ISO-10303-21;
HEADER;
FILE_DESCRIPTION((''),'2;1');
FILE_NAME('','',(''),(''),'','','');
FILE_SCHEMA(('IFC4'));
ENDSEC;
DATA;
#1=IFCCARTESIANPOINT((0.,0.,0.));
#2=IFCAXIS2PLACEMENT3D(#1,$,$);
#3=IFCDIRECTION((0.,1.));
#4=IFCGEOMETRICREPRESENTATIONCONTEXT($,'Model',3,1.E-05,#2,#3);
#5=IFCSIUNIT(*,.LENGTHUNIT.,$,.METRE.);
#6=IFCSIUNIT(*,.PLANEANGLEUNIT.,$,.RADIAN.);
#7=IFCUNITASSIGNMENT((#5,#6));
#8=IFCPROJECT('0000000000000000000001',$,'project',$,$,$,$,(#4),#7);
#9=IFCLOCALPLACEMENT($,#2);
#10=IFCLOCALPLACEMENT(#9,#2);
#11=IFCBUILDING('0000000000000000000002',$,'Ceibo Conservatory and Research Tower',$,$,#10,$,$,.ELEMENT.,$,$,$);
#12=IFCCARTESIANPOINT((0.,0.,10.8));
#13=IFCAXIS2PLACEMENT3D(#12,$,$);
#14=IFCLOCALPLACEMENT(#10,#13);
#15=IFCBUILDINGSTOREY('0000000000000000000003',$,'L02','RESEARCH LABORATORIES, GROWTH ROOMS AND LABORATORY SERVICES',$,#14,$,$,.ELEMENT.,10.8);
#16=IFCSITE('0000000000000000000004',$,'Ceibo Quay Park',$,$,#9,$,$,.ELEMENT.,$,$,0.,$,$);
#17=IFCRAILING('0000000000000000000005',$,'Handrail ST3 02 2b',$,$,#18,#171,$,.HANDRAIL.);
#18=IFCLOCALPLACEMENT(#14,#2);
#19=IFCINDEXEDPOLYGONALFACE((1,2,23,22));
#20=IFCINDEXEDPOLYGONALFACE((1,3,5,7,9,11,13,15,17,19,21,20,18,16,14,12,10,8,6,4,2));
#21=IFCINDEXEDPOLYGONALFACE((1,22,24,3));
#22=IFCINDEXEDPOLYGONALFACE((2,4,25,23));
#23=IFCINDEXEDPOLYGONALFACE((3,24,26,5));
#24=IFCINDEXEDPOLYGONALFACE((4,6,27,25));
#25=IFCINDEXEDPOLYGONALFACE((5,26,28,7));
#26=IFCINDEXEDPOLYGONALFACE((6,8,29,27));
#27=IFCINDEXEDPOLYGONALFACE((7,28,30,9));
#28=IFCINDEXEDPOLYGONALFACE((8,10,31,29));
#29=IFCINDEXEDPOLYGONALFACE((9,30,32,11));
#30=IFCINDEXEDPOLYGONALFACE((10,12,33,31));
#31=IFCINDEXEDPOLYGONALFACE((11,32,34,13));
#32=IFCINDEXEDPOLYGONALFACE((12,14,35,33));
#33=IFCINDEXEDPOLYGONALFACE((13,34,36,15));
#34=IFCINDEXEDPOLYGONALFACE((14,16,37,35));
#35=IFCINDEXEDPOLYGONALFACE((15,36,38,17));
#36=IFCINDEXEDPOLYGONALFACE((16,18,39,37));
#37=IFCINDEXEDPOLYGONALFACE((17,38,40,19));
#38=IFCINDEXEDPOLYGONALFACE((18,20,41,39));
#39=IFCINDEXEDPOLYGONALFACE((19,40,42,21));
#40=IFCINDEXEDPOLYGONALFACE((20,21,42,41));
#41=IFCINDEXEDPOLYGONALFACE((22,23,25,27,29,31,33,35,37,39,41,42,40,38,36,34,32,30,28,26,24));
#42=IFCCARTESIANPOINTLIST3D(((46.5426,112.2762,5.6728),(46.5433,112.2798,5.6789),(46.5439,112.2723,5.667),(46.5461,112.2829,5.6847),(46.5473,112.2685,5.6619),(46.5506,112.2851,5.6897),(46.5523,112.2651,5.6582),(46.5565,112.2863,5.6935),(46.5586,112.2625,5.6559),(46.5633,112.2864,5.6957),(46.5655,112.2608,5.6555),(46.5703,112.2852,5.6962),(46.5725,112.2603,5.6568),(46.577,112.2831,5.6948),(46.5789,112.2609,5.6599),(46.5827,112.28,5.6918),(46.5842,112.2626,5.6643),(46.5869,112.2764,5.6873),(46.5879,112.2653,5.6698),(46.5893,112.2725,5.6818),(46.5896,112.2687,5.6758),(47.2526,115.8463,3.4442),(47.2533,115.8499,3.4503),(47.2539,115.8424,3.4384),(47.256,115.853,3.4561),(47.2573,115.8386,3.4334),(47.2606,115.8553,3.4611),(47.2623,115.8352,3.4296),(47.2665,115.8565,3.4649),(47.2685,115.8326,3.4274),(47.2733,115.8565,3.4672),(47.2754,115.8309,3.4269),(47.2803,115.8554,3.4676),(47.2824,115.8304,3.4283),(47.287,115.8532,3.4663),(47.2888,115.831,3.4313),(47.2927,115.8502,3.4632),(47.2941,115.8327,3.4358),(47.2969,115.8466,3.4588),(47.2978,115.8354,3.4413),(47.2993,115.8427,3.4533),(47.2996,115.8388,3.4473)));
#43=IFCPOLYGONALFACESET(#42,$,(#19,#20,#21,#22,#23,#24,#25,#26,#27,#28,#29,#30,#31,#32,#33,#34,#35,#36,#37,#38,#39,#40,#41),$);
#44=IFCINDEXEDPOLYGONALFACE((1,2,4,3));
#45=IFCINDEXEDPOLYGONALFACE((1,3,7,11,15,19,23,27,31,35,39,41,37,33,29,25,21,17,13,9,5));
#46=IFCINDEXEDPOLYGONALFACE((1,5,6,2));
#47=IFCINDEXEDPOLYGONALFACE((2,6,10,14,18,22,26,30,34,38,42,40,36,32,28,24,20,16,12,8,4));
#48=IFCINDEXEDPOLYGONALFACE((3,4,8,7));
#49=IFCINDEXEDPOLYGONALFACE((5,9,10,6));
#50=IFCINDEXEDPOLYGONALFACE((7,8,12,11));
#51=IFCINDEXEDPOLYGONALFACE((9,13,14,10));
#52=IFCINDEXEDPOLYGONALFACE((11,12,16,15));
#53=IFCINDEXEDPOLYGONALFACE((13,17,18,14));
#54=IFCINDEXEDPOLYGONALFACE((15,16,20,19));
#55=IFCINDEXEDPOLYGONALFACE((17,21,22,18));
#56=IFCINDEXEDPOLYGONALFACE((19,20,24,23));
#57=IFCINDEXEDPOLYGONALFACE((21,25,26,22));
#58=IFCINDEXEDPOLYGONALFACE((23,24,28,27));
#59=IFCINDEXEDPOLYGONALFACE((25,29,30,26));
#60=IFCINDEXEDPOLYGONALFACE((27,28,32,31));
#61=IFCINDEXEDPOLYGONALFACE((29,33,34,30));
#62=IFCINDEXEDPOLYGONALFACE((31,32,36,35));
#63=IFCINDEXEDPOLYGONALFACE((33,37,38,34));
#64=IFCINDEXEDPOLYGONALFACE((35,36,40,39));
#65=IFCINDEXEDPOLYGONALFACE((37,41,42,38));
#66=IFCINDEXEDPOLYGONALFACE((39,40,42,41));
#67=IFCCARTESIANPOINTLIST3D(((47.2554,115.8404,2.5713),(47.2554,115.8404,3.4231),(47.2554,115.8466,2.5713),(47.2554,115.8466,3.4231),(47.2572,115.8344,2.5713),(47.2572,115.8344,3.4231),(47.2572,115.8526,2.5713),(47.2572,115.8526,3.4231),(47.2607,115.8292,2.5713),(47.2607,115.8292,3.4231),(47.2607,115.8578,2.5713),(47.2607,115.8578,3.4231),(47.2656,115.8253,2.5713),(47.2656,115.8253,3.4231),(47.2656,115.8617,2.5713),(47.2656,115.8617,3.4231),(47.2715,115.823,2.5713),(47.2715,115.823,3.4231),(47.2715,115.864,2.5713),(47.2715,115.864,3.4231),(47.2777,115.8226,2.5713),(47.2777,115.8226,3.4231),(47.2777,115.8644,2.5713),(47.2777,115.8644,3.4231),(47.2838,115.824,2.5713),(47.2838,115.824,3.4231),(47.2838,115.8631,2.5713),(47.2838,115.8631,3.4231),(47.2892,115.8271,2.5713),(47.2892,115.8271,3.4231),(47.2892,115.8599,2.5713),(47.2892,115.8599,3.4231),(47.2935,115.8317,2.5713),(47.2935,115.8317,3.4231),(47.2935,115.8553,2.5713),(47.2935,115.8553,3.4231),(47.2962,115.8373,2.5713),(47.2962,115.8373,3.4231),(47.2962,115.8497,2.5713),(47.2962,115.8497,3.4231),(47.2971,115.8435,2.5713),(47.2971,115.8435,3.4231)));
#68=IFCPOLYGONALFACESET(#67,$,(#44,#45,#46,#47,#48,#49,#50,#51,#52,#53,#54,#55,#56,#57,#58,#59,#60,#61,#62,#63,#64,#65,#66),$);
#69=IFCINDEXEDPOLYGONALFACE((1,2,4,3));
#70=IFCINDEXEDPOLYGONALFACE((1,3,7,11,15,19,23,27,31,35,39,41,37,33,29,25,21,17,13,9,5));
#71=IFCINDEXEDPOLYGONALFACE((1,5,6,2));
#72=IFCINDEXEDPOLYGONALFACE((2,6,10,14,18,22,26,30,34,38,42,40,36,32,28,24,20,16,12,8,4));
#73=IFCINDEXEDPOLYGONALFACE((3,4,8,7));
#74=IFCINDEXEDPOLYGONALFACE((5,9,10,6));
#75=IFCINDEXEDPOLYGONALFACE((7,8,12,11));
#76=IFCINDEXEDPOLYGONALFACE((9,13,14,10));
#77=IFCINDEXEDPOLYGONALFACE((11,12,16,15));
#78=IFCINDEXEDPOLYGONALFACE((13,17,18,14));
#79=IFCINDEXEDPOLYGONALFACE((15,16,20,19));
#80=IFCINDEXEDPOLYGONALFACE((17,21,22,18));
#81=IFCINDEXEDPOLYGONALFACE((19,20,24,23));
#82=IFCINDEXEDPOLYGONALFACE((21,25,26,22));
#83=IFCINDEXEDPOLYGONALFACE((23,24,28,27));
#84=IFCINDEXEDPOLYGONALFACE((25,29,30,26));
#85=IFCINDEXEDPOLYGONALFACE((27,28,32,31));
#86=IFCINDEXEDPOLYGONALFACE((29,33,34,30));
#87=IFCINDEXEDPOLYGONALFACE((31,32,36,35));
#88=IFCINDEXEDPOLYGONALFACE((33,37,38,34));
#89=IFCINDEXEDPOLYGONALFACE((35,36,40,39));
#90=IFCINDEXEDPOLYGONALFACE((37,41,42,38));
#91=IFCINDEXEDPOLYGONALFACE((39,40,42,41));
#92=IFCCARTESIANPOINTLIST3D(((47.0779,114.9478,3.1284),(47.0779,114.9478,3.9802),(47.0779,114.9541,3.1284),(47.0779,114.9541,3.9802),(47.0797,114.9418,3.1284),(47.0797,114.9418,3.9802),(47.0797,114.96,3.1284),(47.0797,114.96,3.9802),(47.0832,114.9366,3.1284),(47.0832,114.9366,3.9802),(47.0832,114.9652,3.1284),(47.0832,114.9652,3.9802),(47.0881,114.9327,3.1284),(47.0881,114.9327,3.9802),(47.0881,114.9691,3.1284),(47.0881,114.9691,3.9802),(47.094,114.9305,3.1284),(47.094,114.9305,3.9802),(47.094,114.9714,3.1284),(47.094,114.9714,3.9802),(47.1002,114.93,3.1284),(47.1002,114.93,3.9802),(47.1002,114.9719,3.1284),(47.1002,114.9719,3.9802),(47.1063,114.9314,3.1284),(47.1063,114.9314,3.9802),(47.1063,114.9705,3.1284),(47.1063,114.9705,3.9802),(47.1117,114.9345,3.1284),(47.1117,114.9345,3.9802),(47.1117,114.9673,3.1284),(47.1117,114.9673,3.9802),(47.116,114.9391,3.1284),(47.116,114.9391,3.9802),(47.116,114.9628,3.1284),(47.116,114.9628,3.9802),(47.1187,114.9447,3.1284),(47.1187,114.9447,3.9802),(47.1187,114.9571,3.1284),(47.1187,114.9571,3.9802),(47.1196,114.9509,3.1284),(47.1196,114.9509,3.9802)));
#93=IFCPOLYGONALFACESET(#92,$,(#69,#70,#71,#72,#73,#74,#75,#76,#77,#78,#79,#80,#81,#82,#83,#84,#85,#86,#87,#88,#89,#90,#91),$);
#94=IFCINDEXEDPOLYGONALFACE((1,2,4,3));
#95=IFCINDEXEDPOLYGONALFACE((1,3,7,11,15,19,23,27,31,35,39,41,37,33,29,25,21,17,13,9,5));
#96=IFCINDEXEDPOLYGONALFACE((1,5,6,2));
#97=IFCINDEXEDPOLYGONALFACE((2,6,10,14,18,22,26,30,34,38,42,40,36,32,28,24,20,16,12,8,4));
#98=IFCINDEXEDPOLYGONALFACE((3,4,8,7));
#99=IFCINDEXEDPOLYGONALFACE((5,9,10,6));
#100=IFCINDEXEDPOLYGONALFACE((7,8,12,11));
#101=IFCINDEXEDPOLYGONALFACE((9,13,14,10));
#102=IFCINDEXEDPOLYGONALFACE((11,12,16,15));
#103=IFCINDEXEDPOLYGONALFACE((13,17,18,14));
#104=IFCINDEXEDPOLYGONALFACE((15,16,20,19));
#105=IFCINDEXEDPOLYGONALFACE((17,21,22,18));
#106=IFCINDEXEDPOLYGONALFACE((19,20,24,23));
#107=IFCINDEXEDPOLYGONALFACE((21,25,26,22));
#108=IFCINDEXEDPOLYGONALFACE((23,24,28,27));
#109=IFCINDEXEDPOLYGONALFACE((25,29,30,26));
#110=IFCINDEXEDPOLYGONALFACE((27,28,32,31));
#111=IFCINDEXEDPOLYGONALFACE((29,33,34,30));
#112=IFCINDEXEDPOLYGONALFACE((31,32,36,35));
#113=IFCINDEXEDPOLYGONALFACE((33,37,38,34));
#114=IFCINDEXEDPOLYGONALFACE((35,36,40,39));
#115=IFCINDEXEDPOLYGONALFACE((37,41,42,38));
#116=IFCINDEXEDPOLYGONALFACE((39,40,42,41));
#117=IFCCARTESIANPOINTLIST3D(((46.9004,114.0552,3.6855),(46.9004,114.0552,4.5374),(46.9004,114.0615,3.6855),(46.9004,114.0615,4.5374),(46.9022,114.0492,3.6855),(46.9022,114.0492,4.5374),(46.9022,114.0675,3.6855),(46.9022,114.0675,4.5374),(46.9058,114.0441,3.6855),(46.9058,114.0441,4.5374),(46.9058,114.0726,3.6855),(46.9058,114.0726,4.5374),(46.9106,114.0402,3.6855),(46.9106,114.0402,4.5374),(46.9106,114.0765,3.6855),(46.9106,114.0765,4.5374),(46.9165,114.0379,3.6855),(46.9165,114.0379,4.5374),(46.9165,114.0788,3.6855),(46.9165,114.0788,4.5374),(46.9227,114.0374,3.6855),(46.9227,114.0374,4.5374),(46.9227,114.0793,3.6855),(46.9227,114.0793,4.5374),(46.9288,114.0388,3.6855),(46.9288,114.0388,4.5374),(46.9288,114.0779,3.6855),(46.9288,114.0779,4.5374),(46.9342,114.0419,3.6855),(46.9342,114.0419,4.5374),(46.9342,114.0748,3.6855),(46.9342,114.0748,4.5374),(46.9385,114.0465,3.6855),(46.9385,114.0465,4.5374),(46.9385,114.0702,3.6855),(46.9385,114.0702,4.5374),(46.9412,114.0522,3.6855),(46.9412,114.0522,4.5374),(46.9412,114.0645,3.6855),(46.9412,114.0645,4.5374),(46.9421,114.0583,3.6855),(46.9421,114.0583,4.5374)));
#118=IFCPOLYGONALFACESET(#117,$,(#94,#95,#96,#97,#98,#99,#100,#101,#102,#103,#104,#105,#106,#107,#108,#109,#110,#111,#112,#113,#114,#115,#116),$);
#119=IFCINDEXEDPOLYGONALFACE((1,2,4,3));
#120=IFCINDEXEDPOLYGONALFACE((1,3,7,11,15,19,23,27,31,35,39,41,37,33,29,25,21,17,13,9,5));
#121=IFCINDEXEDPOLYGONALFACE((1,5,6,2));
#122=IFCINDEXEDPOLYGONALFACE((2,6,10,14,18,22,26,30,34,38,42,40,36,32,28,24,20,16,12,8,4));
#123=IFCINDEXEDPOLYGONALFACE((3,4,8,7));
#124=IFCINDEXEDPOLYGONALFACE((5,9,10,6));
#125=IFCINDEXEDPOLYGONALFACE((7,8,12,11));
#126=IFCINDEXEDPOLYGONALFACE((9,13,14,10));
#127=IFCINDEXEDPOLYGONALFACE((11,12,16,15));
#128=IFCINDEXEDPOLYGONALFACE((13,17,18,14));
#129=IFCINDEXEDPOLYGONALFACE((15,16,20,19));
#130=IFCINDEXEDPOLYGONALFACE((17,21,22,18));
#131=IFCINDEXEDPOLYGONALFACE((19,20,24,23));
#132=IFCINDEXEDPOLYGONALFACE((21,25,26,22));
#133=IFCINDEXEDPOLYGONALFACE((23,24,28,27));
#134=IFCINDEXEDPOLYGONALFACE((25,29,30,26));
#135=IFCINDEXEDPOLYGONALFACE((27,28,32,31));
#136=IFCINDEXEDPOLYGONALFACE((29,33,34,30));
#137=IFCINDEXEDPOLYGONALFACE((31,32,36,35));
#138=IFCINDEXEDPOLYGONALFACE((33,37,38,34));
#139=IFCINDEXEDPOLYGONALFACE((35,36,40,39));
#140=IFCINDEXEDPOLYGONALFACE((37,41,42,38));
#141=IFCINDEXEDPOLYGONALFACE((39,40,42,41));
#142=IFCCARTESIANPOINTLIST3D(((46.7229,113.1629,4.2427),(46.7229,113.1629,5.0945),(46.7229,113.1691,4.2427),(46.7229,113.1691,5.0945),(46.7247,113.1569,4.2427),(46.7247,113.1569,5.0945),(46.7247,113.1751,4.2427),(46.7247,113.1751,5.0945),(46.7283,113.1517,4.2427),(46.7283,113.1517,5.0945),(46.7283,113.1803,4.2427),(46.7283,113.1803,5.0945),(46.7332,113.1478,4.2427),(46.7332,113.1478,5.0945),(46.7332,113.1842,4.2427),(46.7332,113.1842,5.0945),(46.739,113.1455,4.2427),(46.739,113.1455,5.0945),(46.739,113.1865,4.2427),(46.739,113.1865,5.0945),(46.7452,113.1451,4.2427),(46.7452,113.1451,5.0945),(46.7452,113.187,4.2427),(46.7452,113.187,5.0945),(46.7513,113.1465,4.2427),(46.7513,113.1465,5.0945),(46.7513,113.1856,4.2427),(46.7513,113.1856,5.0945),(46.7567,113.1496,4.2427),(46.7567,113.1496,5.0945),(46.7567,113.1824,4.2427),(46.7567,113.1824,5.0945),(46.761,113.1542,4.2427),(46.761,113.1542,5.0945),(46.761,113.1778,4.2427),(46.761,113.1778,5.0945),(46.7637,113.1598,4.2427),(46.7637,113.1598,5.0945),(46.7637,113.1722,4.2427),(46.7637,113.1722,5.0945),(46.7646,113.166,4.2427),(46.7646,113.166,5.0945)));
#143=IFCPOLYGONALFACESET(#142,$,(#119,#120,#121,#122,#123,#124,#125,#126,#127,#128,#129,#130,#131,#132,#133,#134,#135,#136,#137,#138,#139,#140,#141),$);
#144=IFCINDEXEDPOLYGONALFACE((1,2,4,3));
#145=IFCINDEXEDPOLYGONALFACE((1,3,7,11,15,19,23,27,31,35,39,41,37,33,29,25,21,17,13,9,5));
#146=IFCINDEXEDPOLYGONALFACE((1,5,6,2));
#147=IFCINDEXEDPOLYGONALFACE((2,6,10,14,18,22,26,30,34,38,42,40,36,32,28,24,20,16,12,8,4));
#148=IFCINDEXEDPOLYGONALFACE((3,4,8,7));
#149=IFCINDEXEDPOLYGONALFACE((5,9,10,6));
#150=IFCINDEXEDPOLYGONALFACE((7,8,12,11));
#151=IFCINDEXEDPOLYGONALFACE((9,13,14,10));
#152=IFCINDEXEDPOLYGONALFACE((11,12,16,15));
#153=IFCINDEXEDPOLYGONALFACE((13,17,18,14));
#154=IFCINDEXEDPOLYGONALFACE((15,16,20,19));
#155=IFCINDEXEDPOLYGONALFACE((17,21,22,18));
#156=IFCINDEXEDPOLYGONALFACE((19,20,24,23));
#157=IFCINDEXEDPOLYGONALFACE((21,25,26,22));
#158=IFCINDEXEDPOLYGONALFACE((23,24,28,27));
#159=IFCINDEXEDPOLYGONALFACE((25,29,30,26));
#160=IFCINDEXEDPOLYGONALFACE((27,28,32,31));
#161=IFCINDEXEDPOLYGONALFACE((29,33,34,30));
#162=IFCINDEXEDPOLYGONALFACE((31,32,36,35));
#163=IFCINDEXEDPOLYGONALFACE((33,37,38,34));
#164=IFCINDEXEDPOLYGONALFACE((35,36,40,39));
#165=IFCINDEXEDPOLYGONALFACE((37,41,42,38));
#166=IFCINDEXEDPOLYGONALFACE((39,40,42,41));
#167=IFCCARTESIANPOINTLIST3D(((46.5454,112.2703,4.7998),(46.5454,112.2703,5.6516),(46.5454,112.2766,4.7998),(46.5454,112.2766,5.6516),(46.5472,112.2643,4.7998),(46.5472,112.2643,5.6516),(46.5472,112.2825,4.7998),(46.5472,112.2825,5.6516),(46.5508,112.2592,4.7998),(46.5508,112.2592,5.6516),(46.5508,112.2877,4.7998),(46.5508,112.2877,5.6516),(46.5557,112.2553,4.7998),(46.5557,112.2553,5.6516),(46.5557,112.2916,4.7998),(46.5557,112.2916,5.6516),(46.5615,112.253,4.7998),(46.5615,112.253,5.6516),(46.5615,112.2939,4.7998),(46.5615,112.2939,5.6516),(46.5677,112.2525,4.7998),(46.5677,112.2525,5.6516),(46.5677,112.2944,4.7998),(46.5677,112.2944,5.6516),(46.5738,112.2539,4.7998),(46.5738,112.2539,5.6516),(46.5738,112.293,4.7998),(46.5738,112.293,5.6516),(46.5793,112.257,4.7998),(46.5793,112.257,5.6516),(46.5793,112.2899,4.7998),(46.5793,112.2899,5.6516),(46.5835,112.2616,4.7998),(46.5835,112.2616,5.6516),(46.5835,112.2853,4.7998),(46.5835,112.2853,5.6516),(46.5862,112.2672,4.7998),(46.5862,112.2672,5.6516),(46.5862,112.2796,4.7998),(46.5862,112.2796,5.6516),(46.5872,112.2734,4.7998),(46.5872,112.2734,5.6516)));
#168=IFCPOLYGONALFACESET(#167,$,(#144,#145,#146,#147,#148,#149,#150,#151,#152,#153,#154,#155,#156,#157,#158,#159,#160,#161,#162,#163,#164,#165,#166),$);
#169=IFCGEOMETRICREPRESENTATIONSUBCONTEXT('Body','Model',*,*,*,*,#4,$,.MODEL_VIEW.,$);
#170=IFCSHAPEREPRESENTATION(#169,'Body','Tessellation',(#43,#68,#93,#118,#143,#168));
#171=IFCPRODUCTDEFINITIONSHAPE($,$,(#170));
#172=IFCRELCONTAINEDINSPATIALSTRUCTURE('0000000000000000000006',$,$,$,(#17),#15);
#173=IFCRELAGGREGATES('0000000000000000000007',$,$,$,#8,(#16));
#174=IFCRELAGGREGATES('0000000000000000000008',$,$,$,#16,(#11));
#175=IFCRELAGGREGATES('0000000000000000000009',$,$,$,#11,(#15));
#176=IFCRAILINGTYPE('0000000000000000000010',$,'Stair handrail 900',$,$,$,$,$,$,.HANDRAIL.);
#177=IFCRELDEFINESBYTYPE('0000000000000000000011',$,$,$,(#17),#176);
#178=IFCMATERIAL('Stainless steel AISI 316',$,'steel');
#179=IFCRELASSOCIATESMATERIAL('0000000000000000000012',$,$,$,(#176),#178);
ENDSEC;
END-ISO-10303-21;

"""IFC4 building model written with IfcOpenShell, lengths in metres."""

from ifc_helpers import new_model, si_unit, direction, frame, origin, origin_2d, place, context, subcontext, project, spatial, circle, extrude, material, type_object, element, save


model = new_model("IFC4")

# Units and contexts
model_context = context("Model", 3, precision=1e-05, world=origin(), true_north=direction((0.0, 1.0)))
body_context = subcontext(model_context, "Body", "Model", "MODEL_VIEW")
ifc_project = project(units=[si_unit("LENGTHUNIT", "METRE"), si_unit("PLANEANGLEUNIT", "RADIAN")], contexts=[model_context])

# Site, building, storey
site_placement = place(None, origin())
site = spatial("IfcSite", under=ifc_project, at=site_placement, Name="Ceibo Quay Park", CompositionType="ELEMENT", RefElevation=0.0)
building_placement = place(site_placement, origin())
building = spatial("IfcBuilding", under=site, at=building_placement, Name="Ceibo Conservatory and Research Tower", CompositionType="ELEMENT")
storey_placement = place(building_placement, frame((0.0, 0.0, 10.8)))
storey = spatial("IfcBuildingStorey", under=building, at=storey_placement, Name="L02", Description="RESEARCH LABORATORIES, GROWTH ROOMS AND LABORATORY SERVICES", CompositionType="ELEMENT", Elevation=10.8)

# Railing
ifc_material_1 = material(Name="Stainless steel AISI 316", Category="steel")
railing_type = type_object("IfcRailingType", Name="Stair handrail 900", PredefinedType="HANDRAIL", material=ifc_material_1)
railing_1_placement = place(storey_placement, frame((47.2761, 115.8435, 2.5713)))
element("IfcRailing", 1, at=railing_1_placement, inside=storey, type_object=railing_type, Name="Handrail ST3 02 2b", PredefinedType="HANDRAIL", context=body_context, shape_type="SweptSolid", body=[
    extrude(circle(Radius=0.0239, at=origin_2d()), frame((0.0, 0.0, 0.876), z_axis=(-0.166346, -0.836476, 0.522147), x_axis=(0.980794, -0.195045, 0.0)), (0.0, 0.0, 1.0), 4.2681),
    extrude(circle(Radius=0.021, at=origin_2d()), origin(), (0.0, 0.0, 1.0), 0.8518),
    extrude(circle(Radius=0.021, at=origin_2d()), frame((-0.1775, -0.8926, 0.5571)), (0.0, 0.0, 1.0), 0.8518),
    extrude(circle(Radius=0.021, at=origin_2d()), frame((-0.355, -1.7852, 1.1143)), (0.0, 0.0, 1.0), 0.8518),
    extrude(circle(Radius=0.021, at=origin_2d()), frame((-0.5325, -2.6775, 1.6714)), (0.0, 0.0, 1.0), 0.8518),
    extrude(circle(Radius=0.021, at=origin_2d()), frame((-0.71, -3.5701, 2.2285)), (0.0, 0.0, 1.0), 0.8518),
])

save(model, "model.ifc")
